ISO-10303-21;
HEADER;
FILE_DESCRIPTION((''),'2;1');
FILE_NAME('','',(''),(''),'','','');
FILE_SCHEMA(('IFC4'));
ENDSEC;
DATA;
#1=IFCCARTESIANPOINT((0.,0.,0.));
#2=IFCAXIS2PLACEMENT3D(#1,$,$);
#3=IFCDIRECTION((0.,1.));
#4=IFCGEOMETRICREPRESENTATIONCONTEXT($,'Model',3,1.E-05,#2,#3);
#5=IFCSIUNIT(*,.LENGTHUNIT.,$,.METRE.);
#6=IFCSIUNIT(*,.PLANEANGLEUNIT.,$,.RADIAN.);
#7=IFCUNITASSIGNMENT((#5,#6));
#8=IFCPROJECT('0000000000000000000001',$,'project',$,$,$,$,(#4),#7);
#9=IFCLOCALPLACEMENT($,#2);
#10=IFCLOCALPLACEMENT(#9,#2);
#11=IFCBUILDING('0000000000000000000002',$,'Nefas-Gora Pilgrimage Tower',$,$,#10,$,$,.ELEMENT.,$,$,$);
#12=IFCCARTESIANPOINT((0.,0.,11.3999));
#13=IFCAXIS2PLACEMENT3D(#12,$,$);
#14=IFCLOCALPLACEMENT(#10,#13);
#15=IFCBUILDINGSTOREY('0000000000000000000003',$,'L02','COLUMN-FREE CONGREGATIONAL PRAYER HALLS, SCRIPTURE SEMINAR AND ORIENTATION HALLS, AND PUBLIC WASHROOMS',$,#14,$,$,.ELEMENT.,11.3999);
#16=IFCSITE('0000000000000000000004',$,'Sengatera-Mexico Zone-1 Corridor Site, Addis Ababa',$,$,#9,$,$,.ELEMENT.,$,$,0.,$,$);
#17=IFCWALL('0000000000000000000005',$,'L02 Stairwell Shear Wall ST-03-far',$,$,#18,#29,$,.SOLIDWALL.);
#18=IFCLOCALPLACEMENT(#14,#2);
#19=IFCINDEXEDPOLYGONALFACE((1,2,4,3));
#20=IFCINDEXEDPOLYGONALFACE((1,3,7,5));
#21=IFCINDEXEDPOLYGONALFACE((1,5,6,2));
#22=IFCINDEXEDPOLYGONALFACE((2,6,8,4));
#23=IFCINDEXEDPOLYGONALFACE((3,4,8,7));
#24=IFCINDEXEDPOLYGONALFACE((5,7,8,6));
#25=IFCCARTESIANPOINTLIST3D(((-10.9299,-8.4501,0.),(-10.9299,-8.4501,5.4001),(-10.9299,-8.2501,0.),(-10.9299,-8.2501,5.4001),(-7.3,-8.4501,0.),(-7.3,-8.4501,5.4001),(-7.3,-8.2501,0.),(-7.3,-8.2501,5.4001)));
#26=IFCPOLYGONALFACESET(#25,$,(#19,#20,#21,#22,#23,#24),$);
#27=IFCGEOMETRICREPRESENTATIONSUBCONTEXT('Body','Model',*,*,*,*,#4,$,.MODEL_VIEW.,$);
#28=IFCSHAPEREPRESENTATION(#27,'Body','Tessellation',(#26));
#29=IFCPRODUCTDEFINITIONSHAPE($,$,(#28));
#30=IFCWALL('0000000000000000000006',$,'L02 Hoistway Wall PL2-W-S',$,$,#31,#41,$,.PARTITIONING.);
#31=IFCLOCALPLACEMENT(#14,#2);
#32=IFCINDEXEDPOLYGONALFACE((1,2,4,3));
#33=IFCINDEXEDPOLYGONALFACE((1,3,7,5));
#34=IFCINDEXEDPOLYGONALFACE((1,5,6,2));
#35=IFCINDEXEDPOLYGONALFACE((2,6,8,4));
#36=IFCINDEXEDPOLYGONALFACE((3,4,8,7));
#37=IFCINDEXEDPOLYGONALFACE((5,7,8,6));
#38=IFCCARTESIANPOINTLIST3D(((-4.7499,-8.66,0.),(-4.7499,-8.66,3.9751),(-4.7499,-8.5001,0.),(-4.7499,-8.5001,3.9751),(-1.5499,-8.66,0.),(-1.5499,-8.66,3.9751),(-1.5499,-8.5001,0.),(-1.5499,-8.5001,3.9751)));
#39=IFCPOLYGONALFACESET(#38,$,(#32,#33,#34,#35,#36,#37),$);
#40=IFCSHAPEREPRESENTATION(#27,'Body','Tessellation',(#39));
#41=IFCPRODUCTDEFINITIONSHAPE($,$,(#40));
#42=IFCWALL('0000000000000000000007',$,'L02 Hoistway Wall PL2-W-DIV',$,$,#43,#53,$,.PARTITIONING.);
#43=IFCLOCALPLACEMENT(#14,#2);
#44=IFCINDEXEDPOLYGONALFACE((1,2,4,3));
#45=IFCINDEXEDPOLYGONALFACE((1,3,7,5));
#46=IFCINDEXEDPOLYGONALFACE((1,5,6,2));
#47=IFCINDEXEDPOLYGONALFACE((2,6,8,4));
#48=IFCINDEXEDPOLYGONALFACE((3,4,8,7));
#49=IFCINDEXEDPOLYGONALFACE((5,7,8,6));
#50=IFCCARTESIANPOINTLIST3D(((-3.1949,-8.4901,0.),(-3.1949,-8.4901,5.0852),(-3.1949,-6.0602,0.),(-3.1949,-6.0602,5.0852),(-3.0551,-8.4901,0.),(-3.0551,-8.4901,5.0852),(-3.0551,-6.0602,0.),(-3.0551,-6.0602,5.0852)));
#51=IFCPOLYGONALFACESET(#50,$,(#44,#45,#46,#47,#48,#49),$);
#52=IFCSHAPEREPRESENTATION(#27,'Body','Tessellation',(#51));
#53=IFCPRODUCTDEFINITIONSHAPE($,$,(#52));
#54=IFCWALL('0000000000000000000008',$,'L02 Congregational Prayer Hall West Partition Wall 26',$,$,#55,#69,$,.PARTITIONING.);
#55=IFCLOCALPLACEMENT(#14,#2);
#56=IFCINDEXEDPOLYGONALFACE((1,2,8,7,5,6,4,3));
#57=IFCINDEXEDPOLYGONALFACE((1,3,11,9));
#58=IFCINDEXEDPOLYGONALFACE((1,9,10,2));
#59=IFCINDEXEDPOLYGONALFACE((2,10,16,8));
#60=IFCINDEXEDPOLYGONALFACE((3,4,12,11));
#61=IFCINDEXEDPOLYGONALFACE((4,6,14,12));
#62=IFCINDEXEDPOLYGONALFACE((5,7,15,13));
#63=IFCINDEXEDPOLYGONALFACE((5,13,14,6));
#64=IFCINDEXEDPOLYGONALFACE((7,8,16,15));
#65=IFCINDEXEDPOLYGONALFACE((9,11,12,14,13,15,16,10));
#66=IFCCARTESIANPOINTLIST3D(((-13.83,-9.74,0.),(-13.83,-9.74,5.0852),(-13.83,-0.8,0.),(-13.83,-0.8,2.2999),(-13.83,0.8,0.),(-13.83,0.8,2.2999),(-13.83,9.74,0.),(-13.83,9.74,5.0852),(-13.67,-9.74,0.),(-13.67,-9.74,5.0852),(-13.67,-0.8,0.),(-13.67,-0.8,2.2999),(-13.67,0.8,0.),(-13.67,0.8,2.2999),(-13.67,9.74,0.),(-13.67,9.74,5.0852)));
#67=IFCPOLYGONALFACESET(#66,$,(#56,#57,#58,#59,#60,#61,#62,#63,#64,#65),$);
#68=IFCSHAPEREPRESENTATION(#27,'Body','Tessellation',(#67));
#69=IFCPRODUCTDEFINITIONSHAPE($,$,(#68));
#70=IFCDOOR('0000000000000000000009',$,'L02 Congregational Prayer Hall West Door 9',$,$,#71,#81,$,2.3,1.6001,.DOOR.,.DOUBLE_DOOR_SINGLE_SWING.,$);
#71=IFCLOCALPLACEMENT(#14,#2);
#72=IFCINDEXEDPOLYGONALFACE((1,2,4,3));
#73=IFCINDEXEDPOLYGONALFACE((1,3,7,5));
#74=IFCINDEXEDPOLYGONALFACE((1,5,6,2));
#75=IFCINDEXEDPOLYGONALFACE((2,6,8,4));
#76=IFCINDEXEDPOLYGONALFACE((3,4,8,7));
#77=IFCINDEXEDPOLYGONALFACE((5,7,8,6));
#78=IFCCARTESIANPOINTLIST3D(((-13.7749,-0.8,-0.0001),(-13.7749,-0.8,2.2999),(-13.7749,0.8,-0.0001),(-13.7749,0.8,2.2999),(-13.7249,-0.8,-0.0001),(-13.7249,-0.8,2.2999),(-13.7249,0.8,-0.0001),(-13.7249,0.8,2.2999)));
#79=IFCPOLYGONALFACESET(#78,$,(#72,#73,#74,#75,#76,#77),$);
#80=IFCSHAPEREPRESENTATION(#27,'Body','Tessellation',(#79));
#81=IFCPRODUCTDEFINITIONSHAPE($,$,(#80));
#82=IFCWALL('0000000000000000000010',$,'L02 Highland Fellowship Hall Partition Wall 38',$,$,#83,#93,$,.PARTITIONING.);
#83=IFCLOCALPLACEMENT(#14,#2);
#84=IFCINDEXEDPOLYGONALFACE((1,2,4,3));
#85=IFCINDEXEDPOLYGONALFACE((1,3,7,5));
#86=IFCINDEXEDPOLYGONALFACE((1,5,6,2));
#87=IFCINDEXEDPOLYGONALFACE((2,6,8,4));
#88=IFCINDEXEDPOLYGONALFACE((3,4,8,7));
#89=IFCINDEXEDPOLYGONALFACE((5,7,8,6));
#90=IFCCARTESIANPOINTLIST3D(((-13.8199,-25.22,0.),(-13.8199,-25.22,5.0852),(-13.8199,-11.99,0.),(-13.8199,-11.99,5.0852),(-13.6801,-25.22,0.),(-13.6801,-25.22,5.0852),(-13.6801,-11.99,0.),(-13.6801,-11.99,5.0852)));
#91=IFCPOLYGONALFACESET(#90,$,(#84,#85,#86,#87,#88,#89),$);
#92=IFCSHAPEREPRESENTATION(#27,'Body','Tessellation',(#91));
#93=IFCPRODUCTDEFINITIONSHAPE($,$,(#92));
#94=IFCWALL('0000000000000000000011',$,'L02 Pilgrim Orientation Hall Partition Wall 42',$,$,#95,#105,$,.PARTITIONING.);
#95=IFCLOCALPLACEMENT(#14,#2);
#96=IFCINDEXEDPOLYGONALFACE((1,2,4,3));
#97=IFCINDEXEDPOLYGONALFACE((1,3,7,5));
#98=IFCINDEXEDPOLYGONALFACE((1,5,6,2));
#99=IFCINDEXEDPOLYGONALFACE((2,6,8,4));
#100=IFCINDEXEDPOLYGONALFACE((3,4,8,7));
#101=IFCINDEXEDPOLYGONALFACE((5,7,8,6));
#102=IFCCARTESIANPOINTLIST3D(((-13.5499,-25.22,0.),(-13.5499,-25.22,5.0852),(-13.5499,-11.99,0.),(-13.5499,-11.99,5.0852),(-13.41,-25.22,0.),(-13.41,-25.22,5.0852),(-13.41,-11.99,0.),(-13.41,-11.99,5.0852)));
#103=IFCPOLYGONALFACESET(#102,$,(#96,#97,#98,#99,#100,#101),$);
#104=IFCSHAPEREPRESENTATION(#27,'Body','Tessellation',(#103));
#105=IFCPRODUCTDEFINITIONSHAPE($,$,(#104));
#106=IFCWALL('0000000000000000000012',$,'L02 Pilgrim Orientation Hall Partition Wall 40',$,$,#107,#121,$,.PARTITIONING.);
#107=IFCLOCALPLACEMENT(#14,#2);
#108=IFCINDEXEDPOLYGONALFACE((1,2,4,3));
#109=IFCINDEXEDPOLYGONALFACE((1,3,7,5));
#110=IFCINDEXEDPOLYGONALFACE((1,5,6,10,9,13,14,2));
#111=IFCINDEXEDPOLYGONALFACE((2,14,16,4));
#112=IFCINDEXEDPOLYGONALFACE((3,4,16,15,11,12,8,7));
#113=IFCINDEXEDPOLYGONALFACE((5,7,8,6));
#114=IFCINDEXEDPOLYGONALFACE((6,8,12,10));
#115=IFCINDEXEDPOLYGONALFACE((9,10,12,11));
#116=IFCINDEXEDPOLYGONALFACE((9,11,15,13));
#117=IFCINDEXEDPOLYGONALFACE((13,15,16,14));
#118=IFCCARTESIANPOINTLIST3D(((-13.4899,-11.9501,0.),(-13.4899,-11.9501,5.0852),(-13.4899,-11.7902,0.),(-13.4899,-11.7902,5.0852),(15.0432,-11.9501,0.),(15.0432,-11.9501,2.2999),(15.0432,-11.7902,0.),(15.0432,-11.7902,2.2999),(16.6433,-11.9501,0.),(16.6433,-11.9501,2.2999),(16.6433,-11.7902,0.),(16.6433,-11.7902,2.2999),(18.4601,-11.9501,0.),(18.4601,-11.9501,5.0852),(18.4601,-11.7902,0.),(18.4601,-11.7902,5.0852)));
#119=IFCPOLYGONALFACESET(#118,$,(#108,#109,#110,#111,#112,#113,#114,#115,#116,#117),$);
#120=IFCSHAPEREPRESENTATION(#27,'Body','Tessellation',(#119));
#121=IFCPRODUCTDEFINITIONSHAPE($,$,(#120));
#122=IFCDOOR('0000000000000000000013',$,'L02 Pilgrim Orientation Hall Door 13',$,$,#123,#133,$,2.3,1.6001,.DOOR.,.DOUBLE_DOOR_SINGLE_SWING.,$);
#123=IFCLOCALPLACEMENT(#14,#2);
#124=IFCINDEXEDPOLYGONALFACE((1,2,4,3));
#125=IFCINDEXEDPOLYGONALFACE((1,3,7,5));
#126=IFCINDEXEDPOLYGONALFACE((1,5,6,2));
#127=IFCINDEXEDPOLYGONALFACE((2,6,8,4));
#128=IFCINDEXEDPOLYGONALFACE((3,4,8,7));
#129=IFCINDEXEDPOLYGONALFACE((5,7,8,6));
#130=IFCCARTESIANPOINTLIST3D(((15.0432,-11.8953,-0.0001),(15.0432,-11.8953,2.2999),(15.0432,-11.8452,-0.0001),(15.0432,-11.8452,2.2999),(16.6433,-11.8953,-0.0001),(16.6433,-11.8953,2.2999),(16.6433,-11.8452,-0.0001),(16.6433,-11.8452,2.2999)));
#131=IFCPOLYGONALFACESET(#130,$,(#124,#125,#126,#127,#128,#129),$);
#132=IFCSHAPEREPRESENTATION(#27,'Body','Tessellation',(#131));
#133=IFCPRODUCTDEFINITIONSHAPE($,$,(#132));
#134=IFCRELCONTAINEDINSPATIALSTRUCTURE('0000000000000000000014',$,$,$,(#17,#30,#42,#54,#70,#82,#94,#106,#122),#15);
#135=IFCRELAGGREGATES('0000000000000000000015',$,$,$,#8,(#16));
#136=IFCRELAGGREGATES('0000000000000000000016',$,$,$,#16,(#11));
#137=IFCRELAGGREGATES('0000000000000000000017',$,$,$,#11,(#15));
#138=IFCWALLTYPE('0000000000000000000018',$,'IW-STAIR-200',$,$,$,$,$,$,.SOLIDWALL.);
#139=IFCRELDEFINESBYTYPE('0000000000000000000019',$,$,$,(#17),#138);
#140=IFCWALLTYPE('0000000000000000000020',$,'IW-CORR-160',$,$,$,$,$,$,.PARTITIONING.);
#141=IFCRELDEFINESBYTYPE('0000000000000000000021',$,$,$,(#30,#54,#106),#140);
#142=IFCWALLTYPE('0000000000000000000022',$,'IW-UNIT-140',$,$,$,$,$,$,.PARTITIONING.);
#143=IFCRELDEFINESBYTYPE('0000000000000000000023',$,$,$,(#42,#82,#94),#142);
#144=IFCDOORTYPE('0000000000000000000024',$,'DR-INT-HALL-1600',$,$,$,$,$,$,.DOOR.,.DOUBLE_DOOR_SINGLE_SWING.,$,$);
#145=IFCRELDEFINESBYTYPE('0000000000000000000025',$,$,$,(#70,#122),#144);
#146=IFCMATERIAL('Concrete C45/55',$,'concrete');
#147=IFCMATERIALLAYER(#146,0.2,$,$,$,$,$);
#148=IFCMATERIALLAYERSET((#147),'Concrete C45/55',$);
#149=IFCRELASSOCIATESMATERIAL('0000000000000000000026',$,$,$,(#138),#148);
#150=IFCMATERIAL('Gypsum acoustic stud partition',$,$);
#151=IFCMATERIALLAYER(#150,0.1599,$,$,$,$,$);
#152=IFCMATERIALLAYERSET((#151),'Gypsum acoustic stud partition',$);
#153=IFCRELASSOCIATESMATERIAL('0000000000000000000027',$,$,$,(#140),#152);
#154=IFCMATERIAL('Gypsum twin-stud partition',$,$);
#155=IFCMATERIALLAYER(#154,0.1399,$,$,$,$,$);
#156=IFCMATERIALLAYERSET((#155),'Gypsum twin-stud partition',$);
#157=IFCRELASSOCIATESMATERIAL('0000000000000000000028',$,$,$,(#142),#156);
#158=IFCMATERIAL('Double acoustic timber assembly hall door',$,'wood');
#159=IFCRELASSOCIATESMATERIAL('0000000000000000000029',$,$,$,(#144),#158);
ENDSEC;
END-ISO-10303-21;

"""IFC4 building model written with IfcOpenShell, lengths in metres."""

from ifc_helpers import new_model, si_unit, direction, frame, frame_2d, origin, place, context, subcontext, project, spatial, rectangle, extrude, source, transform, mapped, material, layer, layer_set, type_object, element, fill, save


model = new_model("IFC4")

# Units and contexts
model_context = context("Model", 3, precision=1e-05, world=origin(), true_north=direction((0.0, 1.0)))
body_context = subcontext(model_context, "Body", "Model", "MODEL_VIEW")
ifc_project = project(units=[si_unit("LENGTHUNIT", "METRE"), si_unit("PLANEANGLEUNIT", "RADIAN")], contexts=[model_context])

# Site, building, storey
site_placement = place(None, origin())
site = spatial("IfcSite", under=ifc_project, at=site_placement, Name="Sengatera-Mexico Zone-1 Corridor Site, Addis Ababa", CompositionType="ELEMENT", RefElevation=0.0)
building_placement = place(site_placement, origin())
building = spatial("IfcBuilding", under=site, at=building_placement, Name="Nefas-Gora Pilgrimage Tower", CompositionType="ELEMENT")
storey_placement = place(building_placement, frame((0.0, 0.0, 11.3999)))
storey = spatial("IfcBuildingStorey", under=building, at=storey_placement, Name="L02", Description="COLUMN-FREE CONGREGATIONAL PRAYER HALLS, SCRIPTURE SEMINAR AND ORIENTATION HALLS, AND PUBLIC WASHROOMS", CompositionType="ELEMENT", Elevation=11.3999)

# Walls
ifc_material_1 = material(Name="Concrete C45/55", Category="concrete")
ifc_layer_1 = layer(ifc_material_1, 0.2)
ifc_layer_set_1 = layer_set([ifc_layer_1], Name="Concrete C45/55")
wall_type_1 = type_object("IfcWallType", Name="IW-STAIR-200", PredefinedType="SOLIDWALL", material=ifc_layer_set_1)
shared_shape_1 = source(origin(), body_context, "Body", "SweptSolid", [
    extrude(rectangle(XDim=3.6299, YDim=0.2, at=frame_2d((1.8149, 0.0))), origin(), (0.0, 0.0, 1.0), 5.4001),
])
wall_1_placement = place(storey_placement, frame((-10.9299, -8.3501, 0.0), z_axis=(0.0, 0.0, 1.0), x_axis=(1.0, 0.0, 0.0)))
element("IfcWall", 1, at=wall_1_placement, inside=storey, type_object=wall_type_1, Name="L02 Stairwell Shear Wall ST-03-far", PredefinedType="SOLIDWALL", context=body_context, shape_type="MappedRepresentation", body=[
    mapped(shared_shape_1, transform((0.0, 0.0, 0.0), x_axis=(1.0, 0.0, 0.0), y_axis=(0.0, 1.0, 0.0), z_axis=(0.0, 0.0, 1.0), scale=1.0)),
])
ifc_material_2 = material(Name="Gypsum acoustic stud partition")
ifc_layer_2 = layer(ifc_material_2, 0.1599)
ifc_layer_set_2 = layer_set([ifc_layer_2], Name="Gypsum acoustic stud partition")
wall_type_2 = type_object("IfcWallType", Name="IW-CORR-160", PredefinedType="PARTITIONING", material=ifc_layer_set_2)
shared_shape_2 = source(origin(), body_context, "Body", "SweptSolid", [
    extrude(rectangle(XDim=3.2, YDim=0.1599, at=frame_2d((1.6001, 0.0))), origin(), (0.0, 0.0, 1.0), 3.9751),
])
wall_2_placement = place(storey_placement, frame((-4.75, -8.5801, 0.0), z_axis=(0.0, 0.0, 1.0), x_axis=(1.0, 0.0, 0.0)))
element("IfcWall", 2, at=wall_2_placement, inside=storey, type_object=wall_type_2, Name="L02 Hoistway Wall PL2-W-S", PredefinedType="PARTITIONING", context=body_context, shape_type="MappedRepresentation", body=[
    mapped(shared_shape_2, transform((0.0, 0.0, 0.0), x_axis=(1.0, 0.0, 0.0), y_axis=(0.0, 1.0, 0.0), z_axis=(0.0, 0.0, 1.0), scale=1.0)),
])
ifc_material_3 = material(Name="Gypsum twin-stud partition")
ifc_layer_3 = layer(ifc_material_3, 0.1399)
ifc_layer_set_3 = layer_set([ifc_layer_3], Name="Gypsum twin-stud partition")
wall_type_3 = type_object("IfcWallType", Name="IW-UNIT-140", PredefinedType="PARTITIONING", material=ifc_layer_set_3)
shared_shape_3 = source(origin(), body_context, "Body", "SweptSolid", [
    extrude(rectangle(XDim=2.4299, YDim=0.1399, at=frame_2d((1.2148, 0.0))), origin(), (0.0, 0.0, 1.0), 5.0852),
])
wall_3_placement = place(storey_placement, frame((-3.125, -8.49, 0.0), z_axis=(0.0, 0.0, 1.0), x_axis=(0.0, 1.0, 0.0)))
element("IfcWall", 3, at=wall_3_placement, inside=storey, type_object=wall_type_3, Name="L02 Hoistway Wall PL2-W-DIV", PredefinedType="PARTITIONING", context=body_context, shape_type="MappedRepresentation", body=[
    mapped(shared_shape_3, transform((0.0, 0.0, 0.0), x_axis=(1.0, 0.0, 0.0), y_axis=(0.0, 1.0, 0.0), z_axis=(0.0, 0.0, 1.0), scale=1.0)),
])

# Wall, opening, door
shared_shape_4 = source(origin(), body_context, "Body", "SweptSolid", [
    extrude(rectangle(XDim=19.48, YDim=0.1599, at=frame_2d((9.74, 0.0))), origin(), (0.0, 0.0, 1.0), 5.0852),
])
wall_4_placement = place(storey_placement, frame((-13.75, -9.74, 0.0), z_axis=(0.0, 0.0, 1.0), x_axis=(0.0, 1.0, 0.0)))
wall_4 = element("IfcWall", 4, at=wall_4_placement, inside=storey, type_object=wall_type_2, Name="L02 Congregational Prayer Hall West Partition Wall 26", PredefinedType="PARTITIONING", context=body_context, shape_type="MappedRepresentation", body=[
    mapped(shared_shape_4, transform((0.0, 0.0, 0.0), x_axis=(1.0, 0.0, 0.0), y_axis=(0.0, 1.0, 0.0), z_axis=(0.0, 0.0, 1.0), scale=1.0)),
])
opening_1_placement = place(wall_4_placement, frame((8.9399, 0.0, 0.0)))
opening_1 = element("IfcOpeningElement", 5, at=opening_1_placement, cuts=wall_4, PredefinedType="OPENING", context=body_context, shape_type="SweptSolid", body=[
    extrude(rectangle(XDim=1.6001, YDim=2.3, at=frame_2d((0.8, 1.1499))), frame((0.0, 0.0898, 0.0), z_axis=(0.0, -1.0, 0.0), x_axis=(1.0, 0.0, 0.0)), (0.0, 0.0, 1.0), 0.1799),
])
ifc_material_4 = material(Name="Double acoustic timber assembly hall door", Category="wood")
door_type = type_object("IfcDoorType", Name="DR-INT-HALL-1600", OperationType="DOUBLE_DOOR_SINGLE_SWING", PredefinedType="DOOR", material=ifc_material_4)
shared_shape_5 = source(origin(), body_context, "Body", "SweptSolid", [
    extrude(rectangle(XDim=1.6001, YDim=2.3, at=frame_2d((0.8, 1.1499))), frame((0.0, 0.0249, 0.0), z_axis=(0.0, -1.0, 0.0), x_axis=(1.0, 0.0, 0.0)), (0.0, 0.0, 1.0), 0.05),
])
door_1_placement = place(opening_1_placement, origin())
door_1 = element("IfcDoor", 6, at=door_1_placement, inside=storey, type_object=door_type, Name="L02 Congregational Prayer Hall West Door 9", OperationType="DOUBLE_DOOR_SINGLE_SWING", OverallHeight=2.3, OverallWidth=1.6001, PredefinedType="DOOR", context=body_context, shape_type="MappedRepresentation", body=[
    mapped(shared_shape_5, transform((0.0, 0.0, 0.0), x_axis=(1.0, 0.0, 0.0), y_axis=(0.0, 1.0, 0.0), z_axis=(0.0, 0.0, 1.0), scale=1.0)),
])
fill(opening_1, door_1)

# Walls
shared_shape_6 = source(origin(), body_context, "Body", "SweptSolid", [
    extrude(rectangle(XDim=13.23, YDim=0.1399, at=frame_2d((6.615, 0.0))), origin(), (0.0, 0.0, 1.0), 5.0852),
])
for number, where, z_axis, x_axis, name in (
    (7, (-13.75, -25.22, 0.0), (0.0, 0.0, 1.0), (0.0, 1.0, 0.0), "L02 Highland Fellowship Hall Partition Wall 38"),
    (8, (-13.48, -25.22, 0.0), (0.0, 0.0, 1.0), (0.0, 1.0, 0.0), "L02 Pilgrim Orientation Hall Partition Wall 42"),
):
    element("IfcWall", number, at=place(storey_placement, frame(where, z_axis=z_axis, x_axis=x_axis)), inside=storey, type_object=wall_type_3, Name=name, PredefinedType="PARTITIONING", context=body_context, shape_type="MappedRepresentation", body=[
        mapped(shared_shape_6, transform((0.0, 0.0, 0.0), x_axis=(1.0, 0.0, 0.0), y_axis=(0.0, 1.0, 0.0), z_axis=(0.0, 0.0, 1.0), scale=1.0)),
    ])

# Wall, opening, door
shared_shape_7 = source(origin(), body_context, "Body", "SweptSolid", [
    extrude(rectangle(XDim=31.95, YDim=0.1599, at=frame_2d((15.9751, 0.0))), origin(), (0.0, 0.0, 1.0), 5.0852),
])
wall_5_placement = place(storey_placement, frame((-13.49, -11.8701, 0.0), z_axis=(0.0, 0.0, 1.0), x_axis=(1.0, 0.0, 0.0)))
wall_5 = element("IfcWall", 9, at=wall_5_placement, inside=storey, type_object=wall_type_2, Name="L02 Pilgrim Orientation Hall Partition Wall 40", PredefinedType="PARTITIONING", context=body_context, shape_type="MappedRepresentation", body=[
    mapped(shared_shape_7, transform((0.0, 0.0, 0.0), x_axis=(1.0, 0.0, 0.0), y_axis=(0.0, 1.0, 0.0), z_axis=(0.0, 0.0, 1.0), scale=1.0)),
])
opening_2_placement = place(wall_5_placement, frame((28.5332, 0.0, 0.0)))
opening_2 = element("IfcOpeningElement", 10, at=opening_2_placement, cuts=wall_5, PredefinedType="OPENING", context=body_context, shape_type="SweptSolid", body=[
    extrude(rectangle(XDim=1.6001, YDim=2.3, at=frame_2d((0.8, 1.1499))), frame((0.0, 0.0898, 0.0), z_axis=(0.0, -1.0, 0.0), x_axis=(1.0, 0.0, 0.0)), (0.0, 0.0, 1.0), 0.1799),
])
door_2_placement = place(opening_2_placement, origin())
door_2 = element("IfcDoor", 11, at=door_2_placement, inside=storey, type_object=door_type, Name="L02 Pilgrim Orientation Hall Door 13", OperationType="DOUBLE_DOOR_SINGLE_SWING", OverallHeight=2.3, OverallWidth=1.6001, PredefinedType="DOOR", context=body_context, shape_type="MappedRepresentation", body=[
    mapped(shared_shape_5, transform((0.0, 0.0, 0.0), x_axis=(1.0, 0.0, 0.0), y_axis=(0.0, 1.0, 0.0), z_axis=(0.0, 0.0, 1.0), scale=1.0)),
])
fill(opening_2, door_2)

save(model, "model.ifc")
